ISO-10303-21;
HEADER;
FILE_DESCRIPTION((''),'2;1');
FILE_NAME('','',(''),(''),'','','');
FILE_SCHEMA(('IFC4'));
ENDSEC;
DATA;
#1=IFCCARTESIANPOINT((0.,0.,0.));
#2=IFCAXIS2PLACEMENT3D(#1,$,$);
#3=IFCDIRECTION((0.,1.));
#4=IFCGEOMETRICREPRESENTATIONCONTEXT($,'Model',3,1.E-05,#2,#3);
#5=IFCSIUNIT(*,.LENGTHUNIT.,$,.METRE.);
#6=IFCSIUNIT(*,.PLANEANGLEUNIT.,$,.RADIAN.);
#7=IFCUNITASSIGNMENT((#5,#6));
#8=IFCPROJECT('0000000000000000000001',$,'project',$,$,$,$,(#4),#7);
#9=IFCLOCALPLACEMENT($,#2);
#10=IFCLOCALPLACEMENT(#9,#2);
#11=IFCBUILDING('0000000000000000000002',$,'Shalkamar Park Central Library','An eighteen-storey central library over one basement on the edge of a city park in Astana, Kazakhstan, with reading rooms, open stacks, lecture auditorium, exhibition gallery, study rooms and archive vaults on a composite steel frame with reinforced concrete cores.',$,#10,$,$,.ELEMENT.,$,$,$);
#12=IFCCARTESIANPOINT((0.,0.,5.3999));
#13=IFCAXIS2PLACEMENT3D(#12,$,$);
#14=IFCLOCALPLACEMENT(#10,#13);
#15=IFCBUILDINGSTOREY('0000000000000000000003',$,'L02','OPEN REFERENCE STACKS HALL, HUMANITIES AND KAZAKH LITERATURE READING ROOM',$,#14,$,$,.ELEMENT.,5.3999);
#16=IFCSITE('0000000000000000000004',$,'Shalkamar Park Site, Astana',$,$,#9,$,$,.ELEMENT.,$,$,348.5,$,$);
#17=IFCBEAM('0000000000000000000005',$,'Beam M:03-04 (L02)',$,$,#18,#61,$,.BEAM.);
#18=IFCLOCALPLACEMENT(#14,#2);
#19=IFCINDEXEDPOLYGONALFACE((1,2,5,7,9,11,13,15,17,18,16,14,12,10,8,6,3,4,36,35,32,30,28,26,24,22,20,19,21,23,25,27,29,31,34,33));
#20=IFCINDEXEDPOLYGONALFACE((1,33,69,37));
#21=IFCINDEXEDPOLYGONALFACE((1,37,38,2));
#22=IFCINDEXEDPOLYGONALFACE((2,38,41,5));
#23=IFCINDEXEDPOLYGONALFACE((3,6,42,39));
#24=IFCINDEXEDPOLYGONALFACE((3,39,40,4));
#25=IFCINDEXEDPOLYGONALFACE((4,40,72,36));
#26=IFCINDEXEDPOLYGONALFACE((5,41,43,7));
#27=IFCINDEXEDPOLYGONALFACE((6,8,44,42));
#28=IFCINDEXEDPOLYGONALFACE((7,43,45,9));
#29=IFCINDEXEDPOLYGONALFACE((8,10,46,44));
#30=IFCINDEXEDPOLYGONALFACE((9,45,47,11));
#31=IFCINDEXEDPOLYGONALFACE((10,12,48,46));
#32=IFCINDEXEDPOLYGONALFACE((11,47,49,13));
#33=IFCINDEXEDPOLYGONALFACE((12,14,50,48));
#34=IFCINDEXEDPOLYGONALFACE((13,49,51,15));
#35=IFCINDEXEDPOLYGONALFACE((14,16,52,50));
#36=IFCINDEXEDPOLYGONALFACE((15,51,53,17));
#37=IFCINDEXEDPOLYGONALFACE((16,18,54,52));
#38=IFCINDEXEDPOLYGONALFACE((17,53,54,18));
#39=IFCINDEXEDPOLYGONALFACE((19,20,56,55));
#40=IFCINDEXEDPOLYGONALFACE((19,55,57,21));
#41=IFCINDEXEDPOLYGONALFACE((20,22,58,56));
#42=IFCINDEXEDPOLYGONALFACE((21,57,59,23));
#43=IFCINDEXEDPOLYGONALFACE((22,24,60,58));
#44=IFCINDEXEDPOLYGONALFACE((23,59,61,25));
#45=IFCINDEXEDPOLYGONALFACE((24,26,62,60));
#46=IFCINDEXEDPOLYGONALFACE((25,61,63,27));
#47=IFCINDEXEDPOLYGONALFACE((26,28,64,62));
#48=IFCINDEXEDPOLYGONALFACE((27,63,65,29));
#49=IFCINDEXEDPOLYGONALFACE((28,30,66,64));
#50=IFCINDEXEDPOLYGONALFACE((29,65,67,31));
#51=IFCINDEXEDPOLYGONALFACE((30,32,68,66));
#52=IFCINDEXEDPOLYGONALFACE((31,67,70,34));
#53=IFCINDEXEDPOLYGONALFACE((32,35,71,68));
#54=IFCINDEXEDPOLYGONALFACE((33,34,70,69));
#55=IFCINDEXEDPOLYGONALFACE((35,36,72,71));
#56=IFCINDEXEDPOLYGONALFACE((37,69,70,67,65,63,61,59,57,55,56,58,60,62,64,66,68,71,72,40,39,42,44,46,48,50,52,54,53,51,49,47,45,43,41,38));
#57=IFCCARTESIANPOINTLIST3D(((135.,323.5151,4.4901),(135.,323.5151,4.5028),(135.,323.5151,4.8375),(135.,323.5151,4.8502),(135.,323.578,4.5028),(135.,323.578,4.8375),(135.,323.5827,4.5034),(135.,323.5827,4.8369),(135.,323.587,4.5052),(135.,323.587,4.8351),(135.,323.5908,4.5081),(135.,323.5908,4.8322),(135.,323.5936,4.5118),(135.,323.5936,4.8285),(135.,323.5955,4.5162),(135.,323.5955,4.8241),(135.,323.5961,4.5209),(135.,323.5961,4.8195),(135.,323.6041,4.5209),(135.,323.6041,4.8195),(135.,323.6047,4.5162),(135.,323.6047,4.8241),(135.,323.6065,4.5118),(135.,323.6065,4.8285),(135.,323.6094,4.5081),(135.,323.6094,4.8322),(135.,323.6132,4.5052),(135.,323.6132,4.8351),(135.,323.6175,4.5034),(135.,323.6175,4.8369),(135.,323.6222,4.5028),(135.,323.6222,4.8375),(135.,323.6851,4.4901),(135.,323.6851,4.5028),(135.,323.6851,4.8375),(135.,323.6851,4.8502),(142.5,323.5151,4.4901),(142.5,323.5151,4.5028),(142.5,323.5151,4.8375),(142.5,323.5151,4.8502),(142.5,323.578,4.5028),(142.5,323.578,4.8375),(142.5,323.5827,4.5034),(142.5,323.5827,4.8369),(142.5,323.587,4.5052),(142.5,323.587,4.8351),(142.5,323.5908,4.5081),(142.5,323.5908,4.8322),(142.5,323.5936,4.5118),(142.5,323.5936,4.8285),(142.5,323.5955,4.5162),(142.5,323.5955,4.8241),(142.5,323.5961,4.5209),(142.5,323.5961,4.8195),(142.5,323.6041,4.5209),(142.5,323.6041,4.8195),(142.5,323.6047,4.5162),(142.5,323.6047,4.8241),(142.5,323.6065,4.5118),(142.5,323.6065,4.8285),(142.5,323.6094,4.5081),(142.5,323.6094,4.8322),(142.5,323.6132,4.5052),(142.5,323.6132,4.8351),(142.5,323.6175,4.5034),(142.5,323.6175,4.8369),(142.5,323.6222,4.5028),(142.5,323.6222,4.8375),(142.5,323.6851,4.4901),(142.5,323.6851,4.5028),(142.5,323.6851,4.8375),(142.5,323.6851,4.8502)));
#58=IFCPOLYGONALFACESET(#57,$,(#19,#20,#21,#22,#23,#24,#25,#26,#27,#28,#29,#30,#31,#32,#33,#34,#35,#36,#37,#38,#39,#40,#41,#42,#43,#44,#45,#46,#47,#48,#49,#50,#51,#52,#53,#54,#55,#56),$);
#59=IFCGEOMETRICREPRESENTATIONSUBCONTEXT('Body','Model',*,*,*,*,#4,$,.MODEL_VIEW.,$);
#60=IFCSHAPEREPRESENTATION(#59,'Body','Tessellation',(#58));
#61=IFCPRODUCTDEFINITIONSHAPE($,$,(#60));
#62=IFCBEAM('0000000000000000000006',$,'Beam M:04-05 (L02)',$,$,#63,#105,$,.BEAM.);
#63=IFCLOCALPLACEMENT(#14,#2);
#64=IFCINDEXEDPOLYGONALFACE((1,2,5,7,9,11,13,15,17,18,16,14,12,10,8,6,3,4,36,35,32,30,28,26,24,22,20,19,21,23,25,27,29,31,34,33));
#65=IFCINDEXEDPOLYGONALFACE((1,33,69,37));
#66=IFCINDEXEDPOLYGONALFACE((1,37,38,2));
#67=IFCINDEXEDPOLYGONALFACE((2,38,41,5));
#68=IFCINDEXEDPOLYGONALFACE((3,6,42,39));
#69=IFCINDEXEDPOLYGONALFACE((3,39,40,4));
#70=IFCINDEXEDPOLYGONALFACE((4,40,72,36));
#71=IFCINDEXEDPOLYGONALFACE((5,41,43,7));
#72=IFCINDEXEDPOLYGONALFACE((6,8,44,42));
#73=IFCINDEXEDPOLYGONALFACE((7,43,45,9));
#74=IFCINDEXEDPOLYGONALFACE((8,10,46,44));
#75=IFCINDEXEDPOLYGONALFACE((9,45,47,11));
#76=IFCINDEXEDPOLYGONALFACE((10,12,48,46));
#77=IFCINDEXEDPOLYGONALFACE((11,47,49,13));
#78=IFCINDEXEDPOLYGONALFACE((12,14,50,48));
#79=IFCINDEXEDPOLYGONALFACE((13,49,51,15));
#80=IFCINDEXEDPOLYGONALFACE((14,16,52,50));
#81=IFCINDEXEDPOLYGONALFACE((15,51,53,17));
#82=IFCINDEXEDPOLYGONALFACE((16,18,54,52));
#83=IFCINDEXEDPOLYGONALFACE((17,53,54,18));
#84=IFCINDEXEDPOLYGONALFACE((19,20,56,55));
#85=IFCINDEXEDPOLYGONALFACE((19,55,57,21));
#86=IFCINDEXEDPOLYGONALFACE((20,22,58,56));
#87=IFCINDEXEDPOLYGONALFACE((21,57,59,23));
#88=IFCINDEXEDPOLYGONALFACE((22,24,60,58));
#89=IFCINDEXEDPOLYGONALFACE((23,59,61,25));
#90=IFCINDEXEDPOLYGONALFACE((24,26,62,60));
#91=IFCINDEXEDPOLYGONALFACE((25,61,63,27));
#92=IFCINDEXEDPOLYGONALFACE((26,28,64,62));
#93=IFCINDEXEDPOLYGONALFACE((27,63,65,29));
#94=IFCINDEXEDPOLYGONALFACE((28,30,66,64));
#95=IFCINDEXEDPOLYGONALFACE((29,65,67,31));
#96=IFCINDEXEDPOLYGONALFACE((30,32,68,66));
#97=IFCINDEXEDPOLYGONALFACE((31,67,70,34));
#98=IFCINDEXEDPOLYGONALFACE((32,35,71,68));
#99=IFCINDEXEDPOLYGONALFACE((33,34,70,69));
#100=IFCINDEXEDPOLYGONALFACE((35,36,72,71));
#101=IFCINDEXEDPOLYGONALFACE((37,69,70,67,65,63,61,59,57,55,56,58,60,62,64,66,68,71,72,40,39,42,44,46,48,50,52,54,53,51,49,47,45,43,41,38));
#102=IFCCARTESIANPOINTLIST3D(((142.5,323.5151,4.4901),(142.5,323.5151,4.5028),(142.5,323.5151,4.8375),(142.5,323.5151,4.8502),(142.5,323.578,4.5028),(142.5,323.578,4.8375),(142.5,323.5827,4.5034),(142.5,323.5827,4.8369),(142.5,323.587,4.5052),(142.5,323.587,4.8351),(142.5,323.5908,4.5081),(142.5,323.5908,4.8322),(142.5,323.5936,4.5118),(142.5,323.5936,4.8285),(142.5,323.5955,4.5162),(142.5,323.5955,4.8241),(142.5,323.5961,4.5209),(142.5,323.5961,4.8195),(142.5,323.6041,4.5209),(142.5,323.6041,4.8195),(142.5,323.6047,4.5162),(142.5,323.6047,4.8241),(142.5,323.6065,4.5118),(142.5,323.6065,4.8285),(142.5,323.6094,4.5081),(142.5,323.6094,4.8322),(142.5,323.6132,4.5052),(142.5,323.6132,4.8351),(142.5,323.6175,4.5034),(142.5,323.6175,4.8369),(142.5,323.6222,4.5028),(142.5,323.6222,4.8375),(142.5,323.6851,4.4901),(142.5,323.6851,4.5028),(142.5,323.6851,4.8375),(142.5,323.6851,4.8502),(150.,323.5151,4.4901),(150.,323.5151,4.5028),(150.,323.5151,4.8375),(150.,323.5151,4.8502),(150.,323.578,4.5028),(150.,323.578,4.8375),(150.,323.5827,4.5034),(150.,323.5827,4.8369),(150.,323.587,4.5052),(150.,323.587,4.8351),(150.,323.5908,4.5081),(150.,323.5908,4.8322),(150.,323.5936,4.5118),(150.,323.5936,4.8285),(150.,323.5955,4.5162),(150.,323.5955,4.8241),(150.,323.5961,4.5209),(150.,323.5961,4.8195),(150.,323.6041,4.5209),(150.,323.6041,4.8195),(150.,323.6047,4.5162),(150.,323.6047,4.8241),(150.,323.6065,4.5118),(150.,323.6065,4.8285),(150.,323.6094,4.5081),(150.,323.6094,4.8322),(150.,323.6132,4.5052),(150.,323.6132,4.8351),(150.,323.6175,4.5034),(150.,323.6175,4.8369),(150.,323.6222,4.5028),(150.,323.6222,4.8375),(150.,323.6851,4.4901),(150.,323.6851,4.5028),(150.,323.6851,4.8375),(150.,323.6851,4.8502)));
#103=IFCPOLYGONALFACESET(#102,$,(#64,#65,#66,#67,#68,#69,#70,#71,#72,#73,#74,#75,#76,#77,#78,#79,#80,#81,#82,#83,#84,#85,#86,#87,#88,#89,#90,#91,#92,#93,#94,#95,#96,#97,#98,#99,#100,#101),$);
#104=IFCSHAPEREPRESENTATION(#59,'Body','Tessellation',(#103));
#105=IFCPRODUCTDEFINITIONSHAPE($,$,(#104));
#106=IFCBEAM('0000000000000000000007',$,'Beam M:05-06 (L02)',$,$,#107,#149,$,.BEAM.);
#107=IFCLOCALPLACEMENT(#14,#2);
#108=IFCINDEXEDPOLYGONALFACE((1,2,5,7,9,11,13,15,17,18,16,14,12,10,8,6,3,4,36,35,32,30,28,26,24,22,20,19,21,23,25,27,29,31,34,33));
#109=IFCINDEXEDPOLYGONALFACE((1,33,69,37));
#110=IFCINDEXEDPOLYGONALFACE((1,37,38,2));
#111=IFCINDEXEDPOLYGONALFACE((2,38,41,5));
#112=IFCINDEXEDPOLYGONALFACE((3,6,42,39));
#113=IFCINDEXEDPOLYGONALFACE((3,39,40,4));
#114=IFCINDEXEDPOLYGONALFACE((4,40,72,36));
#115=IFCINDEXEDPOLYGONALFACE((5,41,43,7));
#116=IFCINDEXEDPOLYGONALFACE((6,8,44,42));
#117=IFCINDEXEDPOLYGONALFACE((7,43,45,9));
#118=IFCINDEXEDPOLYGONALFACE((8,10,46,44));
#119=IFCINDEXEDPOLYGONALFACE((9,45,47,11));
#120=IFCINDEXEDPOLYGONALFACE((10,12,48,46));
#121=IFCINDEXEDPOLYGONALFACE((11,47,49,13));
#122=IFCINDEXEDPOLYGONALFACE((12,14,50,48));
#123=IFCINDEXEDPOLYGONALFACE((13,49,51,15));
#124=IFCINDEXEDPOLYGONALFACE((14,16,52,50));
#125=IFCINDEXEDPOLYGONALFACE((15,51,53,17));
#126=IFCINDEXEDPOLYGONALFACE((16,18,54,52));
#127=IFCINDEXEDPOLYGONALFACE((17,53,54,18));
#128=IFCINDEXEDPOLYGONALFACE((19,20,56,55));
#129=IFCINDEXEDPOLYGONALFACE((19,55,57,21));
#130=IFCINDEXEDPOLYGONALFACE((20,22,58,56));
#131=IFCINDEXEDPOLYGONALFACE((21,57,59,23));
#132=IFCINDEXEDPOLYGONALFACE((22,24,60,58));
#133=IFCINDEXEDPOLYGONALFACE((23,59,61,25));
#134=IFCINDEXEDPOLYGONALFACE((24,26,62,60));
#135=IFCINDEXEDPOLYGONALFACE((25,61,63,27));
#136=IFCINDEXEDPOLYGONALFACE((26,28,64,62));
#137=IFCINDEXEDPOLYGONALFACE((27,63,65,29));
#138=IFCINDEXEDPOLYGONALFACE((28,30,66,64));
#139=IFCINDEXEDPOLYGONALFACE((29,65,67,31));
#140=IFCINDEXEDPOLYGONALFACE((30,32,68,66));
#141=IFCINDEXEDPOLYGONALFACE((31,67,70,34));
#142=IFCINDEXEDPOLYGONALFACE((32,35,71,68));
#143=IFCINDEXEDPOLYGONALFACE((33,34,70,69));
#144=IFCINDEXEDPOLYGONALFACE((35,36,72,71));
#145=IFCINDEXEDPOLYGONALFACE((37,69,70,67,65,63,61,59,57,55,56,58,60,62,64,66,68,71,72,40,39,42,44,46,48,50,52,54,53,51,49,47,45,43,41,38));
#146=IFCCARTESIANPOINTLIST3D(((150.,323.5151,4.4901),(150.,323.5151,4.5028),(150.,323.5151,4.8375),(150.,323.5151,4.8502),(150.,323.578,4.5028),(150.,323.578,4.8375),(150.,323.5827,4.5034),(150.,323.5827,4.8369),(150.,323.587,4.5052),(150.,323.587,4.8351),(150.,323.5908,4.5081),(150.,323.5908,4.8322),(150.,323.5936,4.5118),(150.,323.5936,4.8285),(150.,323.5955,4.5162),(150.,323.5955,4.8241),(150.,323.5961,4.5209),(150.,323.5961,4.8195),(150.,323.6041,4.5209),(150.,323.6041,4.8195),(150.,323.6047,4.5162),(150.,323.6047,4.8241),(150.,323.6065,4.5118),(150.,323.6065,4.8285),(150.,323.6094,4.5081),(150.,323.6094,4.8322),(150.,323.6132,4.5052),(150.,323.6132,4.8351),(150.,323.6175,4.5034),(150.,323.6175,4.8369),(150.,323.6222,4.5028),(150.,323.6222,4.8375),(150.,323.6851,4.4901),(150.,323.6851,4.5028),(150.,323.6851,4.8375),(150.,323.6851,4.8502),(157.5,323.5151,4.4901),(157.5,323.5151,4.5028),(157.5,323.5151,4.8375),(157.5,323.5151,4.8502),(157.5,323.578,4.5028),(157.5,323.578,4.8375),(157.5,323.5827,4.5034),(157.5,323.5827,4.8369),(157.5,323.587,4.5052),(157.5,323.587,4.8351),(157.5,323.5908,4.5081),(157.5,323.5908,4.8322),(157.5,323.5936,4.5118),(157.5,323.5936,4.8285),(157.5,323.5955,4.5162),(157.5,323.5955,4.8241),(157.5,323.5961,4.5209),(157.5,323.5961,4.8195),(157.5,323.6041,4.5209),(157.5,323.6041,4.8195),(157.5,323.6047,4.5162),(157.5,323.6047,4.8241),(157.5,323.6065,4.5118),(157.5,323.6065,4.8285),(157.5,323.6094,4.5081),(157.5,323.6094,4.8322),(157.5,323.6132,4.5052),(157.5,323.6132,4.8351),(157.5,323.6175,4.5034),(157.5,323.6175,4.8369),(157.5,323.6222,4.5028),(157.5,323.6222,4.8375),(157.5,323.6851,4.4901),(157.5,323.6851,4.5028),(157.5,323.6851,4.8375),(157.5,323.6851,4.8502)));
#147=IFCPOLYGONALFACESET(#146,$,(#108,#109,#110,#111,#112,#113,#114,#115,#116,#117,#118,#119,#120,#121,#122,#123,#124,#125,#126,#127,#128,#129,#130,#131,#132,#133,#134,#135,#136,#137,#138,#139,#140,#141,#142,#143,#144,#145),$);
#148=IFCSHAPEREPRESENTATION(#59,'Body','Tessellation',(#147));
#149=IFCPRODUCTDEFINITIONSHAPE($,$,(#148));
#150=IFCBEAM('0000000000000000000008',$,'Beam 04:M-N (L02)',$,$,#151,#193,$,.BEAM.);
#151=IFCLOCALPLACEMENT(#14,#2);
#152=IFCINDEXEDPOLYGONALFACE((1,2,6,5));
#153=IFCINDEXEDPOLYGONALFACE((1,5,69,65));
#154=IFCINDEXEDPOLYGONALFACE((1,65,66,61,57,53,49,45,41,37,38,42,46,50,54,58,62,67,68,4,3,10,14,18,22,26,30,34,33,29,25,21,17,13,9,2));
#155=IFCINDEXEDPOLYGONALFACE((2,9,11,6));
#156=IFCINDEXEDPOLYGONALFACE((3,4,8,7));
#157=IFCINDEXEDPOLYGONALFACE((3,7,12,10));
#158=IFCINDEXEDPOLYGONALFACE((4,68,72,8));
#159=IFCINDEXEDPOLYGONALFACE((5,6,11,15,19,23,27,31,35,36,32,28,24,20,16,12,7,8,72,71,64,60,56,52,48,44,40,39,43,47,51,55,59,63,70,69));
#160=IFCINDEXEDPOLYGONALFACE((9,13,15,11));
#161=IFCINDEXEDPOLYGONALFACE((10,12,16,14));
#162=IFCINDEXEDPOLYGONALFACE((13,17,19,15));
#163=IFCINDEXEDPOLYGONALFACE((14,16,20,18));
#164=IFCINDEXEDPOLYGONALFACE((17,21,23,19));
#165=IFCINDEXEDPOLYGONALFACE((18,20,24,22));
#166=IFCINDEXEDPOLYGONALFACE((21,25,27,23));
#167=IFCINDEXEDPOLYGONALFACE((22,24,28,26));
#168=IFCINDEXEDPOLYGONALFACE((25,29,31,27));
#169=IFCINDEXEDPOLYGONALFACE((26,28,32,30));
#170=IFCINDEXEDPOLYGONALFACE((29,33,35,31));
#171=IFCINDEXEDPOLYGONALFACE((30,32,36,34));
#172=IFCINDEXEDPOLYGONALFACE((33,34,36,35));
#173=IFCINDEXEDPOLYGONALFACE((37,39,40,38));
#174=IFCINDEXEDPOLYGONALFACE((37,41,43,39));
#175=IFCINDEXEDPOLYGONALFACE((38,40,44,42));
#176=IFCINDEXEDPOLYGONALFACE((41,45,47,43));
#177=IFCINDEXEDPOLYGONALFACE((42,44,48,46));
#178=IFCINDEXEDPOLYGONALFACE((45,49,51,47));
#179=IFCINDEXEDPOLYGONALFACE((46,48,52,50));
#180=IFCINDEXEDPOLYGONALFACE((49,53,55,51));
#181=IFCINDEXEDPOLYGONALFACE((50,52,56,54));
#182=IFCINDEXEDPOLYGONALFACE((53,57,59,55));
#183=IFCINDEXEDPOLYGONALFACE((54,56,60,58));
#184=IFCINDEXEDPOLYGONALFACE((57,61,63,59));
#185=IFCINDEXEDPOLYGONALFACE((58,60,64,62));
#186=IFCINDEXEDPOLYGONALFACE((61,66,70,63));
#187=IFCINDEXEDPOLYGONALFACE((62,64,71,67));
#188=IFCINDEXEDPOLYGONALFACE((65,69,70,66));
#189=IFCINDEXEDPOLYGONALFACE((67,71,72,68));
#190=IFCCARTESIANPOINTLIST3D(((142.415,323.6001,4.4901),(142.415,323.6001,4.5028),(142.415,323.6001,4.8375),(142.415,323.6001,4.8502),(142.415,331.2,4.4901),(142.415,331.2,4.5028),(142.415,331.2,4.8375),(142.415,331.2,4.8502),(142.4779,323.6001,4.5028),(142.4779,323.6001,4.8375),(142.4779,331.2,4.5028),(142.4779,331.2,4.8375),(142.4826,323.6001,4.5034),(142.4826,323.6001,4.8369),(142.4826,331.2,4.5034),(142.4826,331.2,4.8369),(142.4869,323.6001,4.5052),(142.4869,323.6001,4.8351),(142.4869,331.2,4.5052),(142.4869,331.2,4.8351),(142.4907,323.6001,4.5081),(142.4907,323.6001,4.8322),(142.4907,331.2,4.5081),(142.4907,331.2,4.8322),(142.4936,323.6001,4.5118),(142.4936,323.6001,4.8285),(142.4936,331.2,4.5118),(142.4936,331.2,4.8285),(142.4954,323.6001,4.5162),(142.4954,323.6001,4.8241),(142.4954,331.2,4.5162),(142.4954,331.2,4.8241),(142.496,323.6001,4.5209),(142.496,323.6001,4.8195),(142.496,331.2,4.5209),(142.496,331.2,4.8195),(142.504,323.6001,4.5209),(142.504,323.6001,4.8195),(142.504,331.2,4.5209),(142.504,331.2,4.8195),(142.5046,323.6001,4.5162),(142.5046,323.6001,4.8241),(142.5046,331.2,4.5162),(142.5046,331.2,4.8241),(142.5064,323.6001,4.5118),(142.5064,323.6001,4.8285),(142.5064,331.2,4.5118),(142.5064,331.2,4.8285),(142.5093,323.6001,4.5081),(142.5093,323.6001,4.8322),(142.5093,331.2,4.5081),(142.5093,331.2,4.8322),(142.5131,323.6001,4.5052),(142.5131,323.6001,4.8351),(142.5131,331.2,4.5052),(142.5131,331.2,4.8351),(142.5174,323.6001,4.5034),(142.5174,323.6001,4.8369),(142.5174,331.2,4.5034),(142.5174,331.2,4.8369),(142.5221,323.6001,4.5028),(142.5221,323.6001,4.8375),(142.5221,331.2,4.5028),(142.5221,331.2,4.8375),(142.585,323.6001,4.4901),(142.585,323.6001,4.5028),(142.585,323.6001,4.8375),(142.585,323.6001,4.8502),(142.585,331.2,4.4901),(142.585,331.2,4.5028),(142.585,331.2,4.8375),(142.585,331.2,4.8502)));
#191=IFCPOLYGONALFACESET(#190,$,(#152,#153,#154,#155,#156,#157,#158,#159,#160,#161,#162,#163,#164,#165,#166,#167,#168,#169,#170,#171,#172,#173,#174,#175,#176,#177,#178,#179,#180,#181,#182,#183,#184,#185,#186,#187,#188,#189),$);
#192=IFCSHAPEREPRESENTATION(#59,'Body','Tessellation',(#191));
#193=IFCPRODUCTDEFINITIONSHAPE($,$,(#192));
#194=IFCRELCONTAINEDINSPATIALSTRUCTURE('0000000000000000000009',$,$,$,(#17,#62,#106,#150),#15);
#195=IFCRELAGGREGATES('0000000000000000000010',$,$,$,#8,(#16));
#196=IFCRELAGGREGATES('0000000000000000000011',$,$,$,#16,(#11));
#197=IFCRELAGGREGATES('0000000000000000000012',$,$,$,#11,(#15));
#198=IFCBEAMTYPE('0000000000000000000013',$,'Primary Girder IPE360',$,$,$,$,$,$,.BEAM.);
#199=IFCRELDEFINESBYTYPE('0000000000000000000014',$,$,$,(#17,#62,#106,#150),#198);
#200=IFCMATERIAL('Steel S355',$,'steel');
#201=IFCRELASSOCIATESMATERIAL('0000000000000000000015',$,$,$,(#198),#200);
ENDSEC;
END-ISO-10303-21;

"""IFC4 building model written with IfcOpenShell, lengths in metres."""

from ifc_helpers import new_model, si_unit, direction, frame, origin, origin_2d, place, context, subcontext, project, spatial, i_section, extrude, material, material_profile, profile_set, type_object, element, save


model = new_model("IFC4")

# Units and contexts
model_context = context("Model", 3, precision=1e-05, world=origin(), true_north=direction((0.0, 1.0)))
body_context = subcontext(model_context, "Body", "Model", "MODEL_VIEW")
ifc_project = project(units=[si_unit("LENGTHUNIT", "METRE"), si_unit("PLANEANGLEUNIT", "RADIAN")], contexts=[model_context])

# Site, building, storey
site_placement = place(None, origin())
site = spatial("IfcSite", under=ifc_project, at=site_placement, Name="Shalkamar Park Site, Astana", CompositionType="ELEMENT", RefElevation=348.5)
building_placement = place(site_placement, origin())
building = spatial("IfcBuilding", under=site, at=building_placement, Name="Shalkamar Park Central Library", Description="An eighteen-storey central library over one basement on the edge of a city park in Astana, Kazakhstan, with reading rooms, open stacks, lecture auditorium, exhibition gallery, study rooms and archive vaults on a composite steel frame with reinforced concrete cores.", CompositionType="ELEMENT")
storey_placement = place(building_placement, frame((0.0, 0.0, 5.3999)))
storey = spatial("IfcBuildingStorey", under=building, at=storey_placement, Name="L02", Description="OPEN REFERENCE STACKS HALL, HUMANITIES AND KAZAKH LITERATURE READING ROOM", CompositionType="ELEMENT", Elevation=5.3999)

# Shared definitions
ifc_material_1 = material(Name="Steel S355", Category="steel")

# Beams
ifc_material_profile_1 = material_profile(ifc_material_1, i_section(OverallWidth=0.1699, OverallDepth=0.3601, WebThickness=0.0081, FlangeThickness=0.0127, FilletRadius=0.0181, at=origin_2d()), Name="IPE 360")
ifc_profile_set_1 = profile_set([ifc_material_profile_1], Name="Steel S355")
beam_type_1 = type_object("IfcBeamType", Name="Primary Girder IPE360", PredefinedType="BEAM", material=ifc_profile_set_1)
for number, where, z_axis, x_axis, name in (
    (1, (135.0, 323.6001, 4.6702), (1.0, 0.0, 0.0), (0.0, 1.0, 0.0), "Beam M:03-04 (L02)"),
    (2, (142.5, 323.6001, 4.6702), (1.0, 0.0, 0.0), (0.0, 1.0, 0.0), "Beam M:04-05 (L02)"),
    (3, (150.0, 323.6001, 4.6702), (1.0, 0.0, 0.0), (0.0, 1.0, 0.0), "Beam M:05-06 (L02)"),
):
    element("IfcBeam", number, at=place(storey_placement, frame(where, z_axis=z_axis, x_axis=x_axis)), inside=storey, type_object=beam_type_1, Name=name, PredefinedType="BEAM", context=body_context, shape_type="SweptSolid", body=[
        extrude(i_section(OverallWidth=0.1699, OverallDepth=0.3601, WebThickness=0.0081, FlangeThickness=0.0127, FilletRadius=0.0181, at=origin_2d()), origin(), (0.0, 0.0, 1.0), 7.5),
    ])
for number, where, z_axis, x_axis, name in (
    (4, (142.5, 323.6001, 4.6702), (0.0, 1.0, 0.0), (-1.0, 0.0, 0.0), "Beam 04:M-N (L02)"),
):
    element("IfcBeam", number, at=place(storey_placement, frame(where, z_axis=z_axis, x_axis=x_axis)), inside=storey, type_object=beam_type_1, Name=name, PredefinedType="BEAM", context=body_context, shape_type="SweptSolid", body=[
        extrude(i_section(OverallWidth=0.1699, OverallDepth=0.3601, WebThickness=0.0081, FlangeThickness=0.0127, FilletRadius=0.0181, at=origin_2d()), origin(), (0.0, 0.0, 1.0), 7.5999),
    ])

save(model, "model.ifc")
